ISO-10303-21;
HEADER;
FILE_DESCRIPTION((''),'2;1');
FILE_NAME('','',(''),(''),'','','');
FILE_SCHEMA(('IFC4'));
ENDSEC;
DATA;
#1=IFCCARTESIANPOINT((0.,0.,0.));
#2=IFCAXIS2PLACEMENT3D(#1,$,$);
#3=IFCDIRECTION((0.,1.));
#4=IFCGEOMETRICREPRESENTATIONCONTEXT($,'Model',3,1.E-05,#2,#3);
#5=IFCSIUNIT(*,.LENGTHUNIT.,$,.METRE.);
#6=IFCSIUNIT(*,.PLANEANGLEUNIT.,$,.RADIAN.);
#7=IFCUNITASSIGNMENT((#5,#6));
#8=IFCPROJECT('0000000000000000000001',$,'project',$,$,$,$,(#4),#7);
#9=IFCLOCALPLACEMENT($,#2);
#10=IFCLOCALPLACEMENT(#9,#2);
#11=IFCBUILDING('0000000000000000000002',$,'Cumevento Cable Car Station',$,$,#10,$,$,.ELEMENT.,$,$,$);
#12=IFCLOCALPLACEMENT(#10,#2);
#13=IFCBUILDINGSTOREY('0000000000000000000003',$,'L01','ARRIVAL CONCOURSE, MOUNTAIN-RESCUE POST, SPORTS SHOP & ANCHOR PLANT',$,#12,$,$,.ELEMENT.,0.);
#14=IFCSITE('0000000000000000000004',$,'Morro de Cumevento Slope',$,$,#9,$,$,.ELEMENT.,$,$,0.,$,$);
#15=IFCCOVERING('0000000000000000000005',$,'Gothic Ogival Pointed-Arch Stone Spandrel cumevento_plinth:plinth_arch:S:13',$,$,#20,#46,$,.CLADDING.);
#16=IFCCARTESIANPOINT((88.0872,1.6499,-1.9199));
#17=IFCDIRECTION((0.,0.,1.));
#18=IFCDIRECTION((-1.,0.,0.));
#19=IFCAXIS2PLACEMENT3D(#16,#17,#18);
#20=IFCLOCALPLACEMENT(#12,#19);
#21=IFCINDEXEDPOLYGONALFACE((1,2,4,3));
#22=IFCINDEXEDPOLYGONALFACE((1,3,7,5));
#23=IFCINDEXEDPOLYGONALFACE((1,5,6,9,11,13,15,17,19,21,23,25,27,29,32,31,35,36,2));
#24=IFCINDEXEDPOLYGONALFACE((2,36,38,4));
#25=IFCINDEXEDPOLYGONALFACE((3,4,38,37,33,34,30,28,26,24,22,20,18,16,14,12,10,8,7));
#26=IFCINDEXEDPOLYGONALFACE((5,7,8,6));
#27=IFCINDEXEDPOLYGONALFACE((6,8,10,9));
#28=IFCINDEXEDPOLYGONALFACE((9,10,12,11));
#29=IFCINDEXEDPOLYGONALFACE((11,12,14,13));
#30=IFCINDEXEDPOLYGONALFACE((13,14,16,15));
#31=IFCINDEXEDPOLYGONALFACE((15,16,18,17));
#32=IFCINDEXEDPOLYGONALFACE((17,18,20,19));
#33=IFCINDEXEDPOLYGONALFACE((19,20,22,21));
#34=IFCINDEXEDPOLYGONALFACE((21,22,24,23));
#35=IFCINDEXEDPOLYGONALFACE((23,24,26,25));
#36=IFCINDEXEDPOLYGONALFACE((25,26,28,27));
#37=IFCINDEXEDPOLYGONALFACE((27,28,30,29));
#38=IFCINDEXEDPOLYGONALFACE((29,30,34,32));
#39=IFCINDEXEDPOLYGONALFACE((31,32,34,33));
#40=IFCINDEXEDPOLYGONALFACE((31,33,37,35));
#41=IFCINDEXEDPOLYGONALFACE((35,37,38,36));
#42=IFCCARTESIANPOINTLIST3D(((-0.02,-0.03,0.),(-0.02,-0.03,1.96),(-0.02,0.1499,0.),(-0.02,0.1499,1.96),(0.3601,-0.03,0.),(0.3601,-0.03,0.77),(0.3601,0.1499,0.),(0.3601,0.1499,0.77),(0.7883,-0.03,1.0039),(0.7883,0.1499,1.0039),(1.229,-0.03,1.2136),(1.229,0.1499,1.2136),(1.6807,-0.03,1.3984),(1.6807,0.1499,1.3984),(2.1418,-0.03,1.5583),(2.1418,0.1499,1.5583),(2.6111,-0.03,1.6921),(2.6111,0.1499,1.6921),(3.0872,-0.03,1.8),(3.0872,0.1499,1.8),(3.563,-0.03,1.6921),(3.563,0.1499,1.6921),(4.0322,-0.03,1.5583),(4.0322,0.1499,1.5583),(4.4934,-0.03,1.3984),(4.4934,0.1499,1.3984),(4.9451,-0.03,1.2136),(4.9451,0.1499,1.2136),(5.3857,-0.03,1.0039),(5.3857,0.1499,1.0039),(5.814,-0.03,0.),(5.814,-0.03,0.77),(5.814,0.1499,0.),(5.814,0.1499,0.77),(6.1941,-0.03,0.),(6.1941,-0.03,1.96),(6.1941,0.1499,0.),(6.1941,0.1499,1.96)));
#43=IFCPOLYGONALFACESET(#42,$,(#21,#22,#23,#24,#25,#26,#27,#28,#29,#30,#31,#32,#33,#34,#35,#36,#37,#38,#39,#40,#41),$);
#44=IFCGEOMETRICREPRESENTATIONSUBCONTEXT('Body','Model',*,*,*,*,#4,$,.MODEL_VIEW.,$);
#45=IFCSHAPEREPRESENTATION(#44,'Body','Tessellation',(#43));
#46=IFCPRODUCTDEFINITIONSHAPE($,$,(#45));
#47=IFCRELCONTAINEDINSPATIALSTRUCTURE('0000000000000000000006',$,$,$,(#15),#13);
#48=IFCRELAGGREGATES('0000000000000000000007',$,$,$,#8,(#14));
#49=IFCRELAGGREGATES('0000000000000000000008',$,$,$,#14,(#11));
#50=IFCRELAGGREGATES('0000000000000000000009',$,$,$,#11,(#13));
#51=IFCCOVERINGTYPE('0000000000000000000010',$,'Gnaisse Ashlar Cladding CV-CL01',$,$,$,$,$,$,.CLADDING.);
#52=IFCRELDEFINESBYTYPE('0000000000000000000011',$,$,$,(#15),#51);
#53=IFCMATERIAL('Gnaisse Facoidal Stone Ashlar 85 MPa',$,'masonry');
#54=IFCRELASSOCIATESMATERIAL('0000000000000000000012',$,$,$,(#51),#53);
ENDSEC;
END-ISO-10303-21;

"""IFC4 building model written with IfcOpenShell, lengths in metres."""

from ifc_helpers import new_model, si_unit, direction, frame, origin, place, context, subcontext, project, spatial, polyline, outline, extrude, material, type_object, element, save


model = new_model("IFC4")

# Units and contexts
model_context = context("Model", 3, precision=1e-05, world=origin(), true_north=direction((0.0, 1.0)))
body_context = subcontext(model_context, "Body", "Model", "MODEL_VIEW")
ifc_project = project(units=[si_unit("LENGTHUNIT", "METRE"), si_unit("PLANEANGLEUNIT", "RADIAN")], contexts=[model_context])

# Site, building, storey
site_placement = place(None, origin())
site = spatial("IfcSite", under=ifc_project, at=site_placement, Name="Morro de Cumevento Slope", CompositionType="ELEMENT", RefElevation=0.0)
building_placement = place(site_placement, origin())
building = spatial("IfcBuilding", under=site, at=building_placement, Name="Cumevento Cable Car Station", CompositionType="ELEMENT")
storey_placement = place(building_placement, origin())
storey = spatial("IfcBuildingStorey", under=building, at=storey_placement, Name="L01", Description="ARRIVAL CONCOURSE, MOUNTAIN-RESCUE POST, SPORTS SHOP & ANCHOR PLANT", CompositionType="ELEMENT", Elevation=0.0)

# Covering
ifc_material_1 = material(Name="Gnaisse Facoidal Stone Ashlar 85 MPa", Category="masonry")
covering_type = type_object("IfcCoveringType", Name="Gnaisse Ashlar Cladding CV-CL01", PredefinedType="CLADDING", material=ifc_material_1)
covering_1_placement = place(storey_placement, frame((88.0872, 1.6499, -1.9199), z_axis=(0.0, 0.0, 1.0), x_axis=(-1.0, 0.0, 0.0)))
element("IfcCovering", 1, at=covering_1_placement, inside=storey, type_object=covering_type, Name="Gothic Ogival Pointed-Arch Stone Spandrel cumevento_plinth:plinth_arch:S:13", PredefinedType="CLADDING", context=body_context, shape_type="SweptSolid", body=[
    extrude(outline(polyline([(-0.02, 0.0), (-0.02, 1.96), (6.1941, 1.96), (6.1941, 0.0), (5.814, 0.0), (5.814, 0.77), (5.3857, 1.0039), (4.9451, 1.2136), (4.4934, 1.3984), (4.0322, 1.5583), (3.563, 1.6921), (3.0872, 1.8), (2.6111, 1.6921), (2.1418, 1.5583), (1.6807, 1.3984), (1.229, 1.2136), (0.7883, 1.0039), (0.3601, 0.77), (0.3601, 0.0), (-0.02, 0.0)])), frame((0.0, 0.1499, 0.0), z_axis=(0.0, -1.0, 0.0), x_axis=(1.0, 0.0, 0.0)), (0.0, 0.0, 1.0), 0.1799),
])

save(model, "model.ifc")
